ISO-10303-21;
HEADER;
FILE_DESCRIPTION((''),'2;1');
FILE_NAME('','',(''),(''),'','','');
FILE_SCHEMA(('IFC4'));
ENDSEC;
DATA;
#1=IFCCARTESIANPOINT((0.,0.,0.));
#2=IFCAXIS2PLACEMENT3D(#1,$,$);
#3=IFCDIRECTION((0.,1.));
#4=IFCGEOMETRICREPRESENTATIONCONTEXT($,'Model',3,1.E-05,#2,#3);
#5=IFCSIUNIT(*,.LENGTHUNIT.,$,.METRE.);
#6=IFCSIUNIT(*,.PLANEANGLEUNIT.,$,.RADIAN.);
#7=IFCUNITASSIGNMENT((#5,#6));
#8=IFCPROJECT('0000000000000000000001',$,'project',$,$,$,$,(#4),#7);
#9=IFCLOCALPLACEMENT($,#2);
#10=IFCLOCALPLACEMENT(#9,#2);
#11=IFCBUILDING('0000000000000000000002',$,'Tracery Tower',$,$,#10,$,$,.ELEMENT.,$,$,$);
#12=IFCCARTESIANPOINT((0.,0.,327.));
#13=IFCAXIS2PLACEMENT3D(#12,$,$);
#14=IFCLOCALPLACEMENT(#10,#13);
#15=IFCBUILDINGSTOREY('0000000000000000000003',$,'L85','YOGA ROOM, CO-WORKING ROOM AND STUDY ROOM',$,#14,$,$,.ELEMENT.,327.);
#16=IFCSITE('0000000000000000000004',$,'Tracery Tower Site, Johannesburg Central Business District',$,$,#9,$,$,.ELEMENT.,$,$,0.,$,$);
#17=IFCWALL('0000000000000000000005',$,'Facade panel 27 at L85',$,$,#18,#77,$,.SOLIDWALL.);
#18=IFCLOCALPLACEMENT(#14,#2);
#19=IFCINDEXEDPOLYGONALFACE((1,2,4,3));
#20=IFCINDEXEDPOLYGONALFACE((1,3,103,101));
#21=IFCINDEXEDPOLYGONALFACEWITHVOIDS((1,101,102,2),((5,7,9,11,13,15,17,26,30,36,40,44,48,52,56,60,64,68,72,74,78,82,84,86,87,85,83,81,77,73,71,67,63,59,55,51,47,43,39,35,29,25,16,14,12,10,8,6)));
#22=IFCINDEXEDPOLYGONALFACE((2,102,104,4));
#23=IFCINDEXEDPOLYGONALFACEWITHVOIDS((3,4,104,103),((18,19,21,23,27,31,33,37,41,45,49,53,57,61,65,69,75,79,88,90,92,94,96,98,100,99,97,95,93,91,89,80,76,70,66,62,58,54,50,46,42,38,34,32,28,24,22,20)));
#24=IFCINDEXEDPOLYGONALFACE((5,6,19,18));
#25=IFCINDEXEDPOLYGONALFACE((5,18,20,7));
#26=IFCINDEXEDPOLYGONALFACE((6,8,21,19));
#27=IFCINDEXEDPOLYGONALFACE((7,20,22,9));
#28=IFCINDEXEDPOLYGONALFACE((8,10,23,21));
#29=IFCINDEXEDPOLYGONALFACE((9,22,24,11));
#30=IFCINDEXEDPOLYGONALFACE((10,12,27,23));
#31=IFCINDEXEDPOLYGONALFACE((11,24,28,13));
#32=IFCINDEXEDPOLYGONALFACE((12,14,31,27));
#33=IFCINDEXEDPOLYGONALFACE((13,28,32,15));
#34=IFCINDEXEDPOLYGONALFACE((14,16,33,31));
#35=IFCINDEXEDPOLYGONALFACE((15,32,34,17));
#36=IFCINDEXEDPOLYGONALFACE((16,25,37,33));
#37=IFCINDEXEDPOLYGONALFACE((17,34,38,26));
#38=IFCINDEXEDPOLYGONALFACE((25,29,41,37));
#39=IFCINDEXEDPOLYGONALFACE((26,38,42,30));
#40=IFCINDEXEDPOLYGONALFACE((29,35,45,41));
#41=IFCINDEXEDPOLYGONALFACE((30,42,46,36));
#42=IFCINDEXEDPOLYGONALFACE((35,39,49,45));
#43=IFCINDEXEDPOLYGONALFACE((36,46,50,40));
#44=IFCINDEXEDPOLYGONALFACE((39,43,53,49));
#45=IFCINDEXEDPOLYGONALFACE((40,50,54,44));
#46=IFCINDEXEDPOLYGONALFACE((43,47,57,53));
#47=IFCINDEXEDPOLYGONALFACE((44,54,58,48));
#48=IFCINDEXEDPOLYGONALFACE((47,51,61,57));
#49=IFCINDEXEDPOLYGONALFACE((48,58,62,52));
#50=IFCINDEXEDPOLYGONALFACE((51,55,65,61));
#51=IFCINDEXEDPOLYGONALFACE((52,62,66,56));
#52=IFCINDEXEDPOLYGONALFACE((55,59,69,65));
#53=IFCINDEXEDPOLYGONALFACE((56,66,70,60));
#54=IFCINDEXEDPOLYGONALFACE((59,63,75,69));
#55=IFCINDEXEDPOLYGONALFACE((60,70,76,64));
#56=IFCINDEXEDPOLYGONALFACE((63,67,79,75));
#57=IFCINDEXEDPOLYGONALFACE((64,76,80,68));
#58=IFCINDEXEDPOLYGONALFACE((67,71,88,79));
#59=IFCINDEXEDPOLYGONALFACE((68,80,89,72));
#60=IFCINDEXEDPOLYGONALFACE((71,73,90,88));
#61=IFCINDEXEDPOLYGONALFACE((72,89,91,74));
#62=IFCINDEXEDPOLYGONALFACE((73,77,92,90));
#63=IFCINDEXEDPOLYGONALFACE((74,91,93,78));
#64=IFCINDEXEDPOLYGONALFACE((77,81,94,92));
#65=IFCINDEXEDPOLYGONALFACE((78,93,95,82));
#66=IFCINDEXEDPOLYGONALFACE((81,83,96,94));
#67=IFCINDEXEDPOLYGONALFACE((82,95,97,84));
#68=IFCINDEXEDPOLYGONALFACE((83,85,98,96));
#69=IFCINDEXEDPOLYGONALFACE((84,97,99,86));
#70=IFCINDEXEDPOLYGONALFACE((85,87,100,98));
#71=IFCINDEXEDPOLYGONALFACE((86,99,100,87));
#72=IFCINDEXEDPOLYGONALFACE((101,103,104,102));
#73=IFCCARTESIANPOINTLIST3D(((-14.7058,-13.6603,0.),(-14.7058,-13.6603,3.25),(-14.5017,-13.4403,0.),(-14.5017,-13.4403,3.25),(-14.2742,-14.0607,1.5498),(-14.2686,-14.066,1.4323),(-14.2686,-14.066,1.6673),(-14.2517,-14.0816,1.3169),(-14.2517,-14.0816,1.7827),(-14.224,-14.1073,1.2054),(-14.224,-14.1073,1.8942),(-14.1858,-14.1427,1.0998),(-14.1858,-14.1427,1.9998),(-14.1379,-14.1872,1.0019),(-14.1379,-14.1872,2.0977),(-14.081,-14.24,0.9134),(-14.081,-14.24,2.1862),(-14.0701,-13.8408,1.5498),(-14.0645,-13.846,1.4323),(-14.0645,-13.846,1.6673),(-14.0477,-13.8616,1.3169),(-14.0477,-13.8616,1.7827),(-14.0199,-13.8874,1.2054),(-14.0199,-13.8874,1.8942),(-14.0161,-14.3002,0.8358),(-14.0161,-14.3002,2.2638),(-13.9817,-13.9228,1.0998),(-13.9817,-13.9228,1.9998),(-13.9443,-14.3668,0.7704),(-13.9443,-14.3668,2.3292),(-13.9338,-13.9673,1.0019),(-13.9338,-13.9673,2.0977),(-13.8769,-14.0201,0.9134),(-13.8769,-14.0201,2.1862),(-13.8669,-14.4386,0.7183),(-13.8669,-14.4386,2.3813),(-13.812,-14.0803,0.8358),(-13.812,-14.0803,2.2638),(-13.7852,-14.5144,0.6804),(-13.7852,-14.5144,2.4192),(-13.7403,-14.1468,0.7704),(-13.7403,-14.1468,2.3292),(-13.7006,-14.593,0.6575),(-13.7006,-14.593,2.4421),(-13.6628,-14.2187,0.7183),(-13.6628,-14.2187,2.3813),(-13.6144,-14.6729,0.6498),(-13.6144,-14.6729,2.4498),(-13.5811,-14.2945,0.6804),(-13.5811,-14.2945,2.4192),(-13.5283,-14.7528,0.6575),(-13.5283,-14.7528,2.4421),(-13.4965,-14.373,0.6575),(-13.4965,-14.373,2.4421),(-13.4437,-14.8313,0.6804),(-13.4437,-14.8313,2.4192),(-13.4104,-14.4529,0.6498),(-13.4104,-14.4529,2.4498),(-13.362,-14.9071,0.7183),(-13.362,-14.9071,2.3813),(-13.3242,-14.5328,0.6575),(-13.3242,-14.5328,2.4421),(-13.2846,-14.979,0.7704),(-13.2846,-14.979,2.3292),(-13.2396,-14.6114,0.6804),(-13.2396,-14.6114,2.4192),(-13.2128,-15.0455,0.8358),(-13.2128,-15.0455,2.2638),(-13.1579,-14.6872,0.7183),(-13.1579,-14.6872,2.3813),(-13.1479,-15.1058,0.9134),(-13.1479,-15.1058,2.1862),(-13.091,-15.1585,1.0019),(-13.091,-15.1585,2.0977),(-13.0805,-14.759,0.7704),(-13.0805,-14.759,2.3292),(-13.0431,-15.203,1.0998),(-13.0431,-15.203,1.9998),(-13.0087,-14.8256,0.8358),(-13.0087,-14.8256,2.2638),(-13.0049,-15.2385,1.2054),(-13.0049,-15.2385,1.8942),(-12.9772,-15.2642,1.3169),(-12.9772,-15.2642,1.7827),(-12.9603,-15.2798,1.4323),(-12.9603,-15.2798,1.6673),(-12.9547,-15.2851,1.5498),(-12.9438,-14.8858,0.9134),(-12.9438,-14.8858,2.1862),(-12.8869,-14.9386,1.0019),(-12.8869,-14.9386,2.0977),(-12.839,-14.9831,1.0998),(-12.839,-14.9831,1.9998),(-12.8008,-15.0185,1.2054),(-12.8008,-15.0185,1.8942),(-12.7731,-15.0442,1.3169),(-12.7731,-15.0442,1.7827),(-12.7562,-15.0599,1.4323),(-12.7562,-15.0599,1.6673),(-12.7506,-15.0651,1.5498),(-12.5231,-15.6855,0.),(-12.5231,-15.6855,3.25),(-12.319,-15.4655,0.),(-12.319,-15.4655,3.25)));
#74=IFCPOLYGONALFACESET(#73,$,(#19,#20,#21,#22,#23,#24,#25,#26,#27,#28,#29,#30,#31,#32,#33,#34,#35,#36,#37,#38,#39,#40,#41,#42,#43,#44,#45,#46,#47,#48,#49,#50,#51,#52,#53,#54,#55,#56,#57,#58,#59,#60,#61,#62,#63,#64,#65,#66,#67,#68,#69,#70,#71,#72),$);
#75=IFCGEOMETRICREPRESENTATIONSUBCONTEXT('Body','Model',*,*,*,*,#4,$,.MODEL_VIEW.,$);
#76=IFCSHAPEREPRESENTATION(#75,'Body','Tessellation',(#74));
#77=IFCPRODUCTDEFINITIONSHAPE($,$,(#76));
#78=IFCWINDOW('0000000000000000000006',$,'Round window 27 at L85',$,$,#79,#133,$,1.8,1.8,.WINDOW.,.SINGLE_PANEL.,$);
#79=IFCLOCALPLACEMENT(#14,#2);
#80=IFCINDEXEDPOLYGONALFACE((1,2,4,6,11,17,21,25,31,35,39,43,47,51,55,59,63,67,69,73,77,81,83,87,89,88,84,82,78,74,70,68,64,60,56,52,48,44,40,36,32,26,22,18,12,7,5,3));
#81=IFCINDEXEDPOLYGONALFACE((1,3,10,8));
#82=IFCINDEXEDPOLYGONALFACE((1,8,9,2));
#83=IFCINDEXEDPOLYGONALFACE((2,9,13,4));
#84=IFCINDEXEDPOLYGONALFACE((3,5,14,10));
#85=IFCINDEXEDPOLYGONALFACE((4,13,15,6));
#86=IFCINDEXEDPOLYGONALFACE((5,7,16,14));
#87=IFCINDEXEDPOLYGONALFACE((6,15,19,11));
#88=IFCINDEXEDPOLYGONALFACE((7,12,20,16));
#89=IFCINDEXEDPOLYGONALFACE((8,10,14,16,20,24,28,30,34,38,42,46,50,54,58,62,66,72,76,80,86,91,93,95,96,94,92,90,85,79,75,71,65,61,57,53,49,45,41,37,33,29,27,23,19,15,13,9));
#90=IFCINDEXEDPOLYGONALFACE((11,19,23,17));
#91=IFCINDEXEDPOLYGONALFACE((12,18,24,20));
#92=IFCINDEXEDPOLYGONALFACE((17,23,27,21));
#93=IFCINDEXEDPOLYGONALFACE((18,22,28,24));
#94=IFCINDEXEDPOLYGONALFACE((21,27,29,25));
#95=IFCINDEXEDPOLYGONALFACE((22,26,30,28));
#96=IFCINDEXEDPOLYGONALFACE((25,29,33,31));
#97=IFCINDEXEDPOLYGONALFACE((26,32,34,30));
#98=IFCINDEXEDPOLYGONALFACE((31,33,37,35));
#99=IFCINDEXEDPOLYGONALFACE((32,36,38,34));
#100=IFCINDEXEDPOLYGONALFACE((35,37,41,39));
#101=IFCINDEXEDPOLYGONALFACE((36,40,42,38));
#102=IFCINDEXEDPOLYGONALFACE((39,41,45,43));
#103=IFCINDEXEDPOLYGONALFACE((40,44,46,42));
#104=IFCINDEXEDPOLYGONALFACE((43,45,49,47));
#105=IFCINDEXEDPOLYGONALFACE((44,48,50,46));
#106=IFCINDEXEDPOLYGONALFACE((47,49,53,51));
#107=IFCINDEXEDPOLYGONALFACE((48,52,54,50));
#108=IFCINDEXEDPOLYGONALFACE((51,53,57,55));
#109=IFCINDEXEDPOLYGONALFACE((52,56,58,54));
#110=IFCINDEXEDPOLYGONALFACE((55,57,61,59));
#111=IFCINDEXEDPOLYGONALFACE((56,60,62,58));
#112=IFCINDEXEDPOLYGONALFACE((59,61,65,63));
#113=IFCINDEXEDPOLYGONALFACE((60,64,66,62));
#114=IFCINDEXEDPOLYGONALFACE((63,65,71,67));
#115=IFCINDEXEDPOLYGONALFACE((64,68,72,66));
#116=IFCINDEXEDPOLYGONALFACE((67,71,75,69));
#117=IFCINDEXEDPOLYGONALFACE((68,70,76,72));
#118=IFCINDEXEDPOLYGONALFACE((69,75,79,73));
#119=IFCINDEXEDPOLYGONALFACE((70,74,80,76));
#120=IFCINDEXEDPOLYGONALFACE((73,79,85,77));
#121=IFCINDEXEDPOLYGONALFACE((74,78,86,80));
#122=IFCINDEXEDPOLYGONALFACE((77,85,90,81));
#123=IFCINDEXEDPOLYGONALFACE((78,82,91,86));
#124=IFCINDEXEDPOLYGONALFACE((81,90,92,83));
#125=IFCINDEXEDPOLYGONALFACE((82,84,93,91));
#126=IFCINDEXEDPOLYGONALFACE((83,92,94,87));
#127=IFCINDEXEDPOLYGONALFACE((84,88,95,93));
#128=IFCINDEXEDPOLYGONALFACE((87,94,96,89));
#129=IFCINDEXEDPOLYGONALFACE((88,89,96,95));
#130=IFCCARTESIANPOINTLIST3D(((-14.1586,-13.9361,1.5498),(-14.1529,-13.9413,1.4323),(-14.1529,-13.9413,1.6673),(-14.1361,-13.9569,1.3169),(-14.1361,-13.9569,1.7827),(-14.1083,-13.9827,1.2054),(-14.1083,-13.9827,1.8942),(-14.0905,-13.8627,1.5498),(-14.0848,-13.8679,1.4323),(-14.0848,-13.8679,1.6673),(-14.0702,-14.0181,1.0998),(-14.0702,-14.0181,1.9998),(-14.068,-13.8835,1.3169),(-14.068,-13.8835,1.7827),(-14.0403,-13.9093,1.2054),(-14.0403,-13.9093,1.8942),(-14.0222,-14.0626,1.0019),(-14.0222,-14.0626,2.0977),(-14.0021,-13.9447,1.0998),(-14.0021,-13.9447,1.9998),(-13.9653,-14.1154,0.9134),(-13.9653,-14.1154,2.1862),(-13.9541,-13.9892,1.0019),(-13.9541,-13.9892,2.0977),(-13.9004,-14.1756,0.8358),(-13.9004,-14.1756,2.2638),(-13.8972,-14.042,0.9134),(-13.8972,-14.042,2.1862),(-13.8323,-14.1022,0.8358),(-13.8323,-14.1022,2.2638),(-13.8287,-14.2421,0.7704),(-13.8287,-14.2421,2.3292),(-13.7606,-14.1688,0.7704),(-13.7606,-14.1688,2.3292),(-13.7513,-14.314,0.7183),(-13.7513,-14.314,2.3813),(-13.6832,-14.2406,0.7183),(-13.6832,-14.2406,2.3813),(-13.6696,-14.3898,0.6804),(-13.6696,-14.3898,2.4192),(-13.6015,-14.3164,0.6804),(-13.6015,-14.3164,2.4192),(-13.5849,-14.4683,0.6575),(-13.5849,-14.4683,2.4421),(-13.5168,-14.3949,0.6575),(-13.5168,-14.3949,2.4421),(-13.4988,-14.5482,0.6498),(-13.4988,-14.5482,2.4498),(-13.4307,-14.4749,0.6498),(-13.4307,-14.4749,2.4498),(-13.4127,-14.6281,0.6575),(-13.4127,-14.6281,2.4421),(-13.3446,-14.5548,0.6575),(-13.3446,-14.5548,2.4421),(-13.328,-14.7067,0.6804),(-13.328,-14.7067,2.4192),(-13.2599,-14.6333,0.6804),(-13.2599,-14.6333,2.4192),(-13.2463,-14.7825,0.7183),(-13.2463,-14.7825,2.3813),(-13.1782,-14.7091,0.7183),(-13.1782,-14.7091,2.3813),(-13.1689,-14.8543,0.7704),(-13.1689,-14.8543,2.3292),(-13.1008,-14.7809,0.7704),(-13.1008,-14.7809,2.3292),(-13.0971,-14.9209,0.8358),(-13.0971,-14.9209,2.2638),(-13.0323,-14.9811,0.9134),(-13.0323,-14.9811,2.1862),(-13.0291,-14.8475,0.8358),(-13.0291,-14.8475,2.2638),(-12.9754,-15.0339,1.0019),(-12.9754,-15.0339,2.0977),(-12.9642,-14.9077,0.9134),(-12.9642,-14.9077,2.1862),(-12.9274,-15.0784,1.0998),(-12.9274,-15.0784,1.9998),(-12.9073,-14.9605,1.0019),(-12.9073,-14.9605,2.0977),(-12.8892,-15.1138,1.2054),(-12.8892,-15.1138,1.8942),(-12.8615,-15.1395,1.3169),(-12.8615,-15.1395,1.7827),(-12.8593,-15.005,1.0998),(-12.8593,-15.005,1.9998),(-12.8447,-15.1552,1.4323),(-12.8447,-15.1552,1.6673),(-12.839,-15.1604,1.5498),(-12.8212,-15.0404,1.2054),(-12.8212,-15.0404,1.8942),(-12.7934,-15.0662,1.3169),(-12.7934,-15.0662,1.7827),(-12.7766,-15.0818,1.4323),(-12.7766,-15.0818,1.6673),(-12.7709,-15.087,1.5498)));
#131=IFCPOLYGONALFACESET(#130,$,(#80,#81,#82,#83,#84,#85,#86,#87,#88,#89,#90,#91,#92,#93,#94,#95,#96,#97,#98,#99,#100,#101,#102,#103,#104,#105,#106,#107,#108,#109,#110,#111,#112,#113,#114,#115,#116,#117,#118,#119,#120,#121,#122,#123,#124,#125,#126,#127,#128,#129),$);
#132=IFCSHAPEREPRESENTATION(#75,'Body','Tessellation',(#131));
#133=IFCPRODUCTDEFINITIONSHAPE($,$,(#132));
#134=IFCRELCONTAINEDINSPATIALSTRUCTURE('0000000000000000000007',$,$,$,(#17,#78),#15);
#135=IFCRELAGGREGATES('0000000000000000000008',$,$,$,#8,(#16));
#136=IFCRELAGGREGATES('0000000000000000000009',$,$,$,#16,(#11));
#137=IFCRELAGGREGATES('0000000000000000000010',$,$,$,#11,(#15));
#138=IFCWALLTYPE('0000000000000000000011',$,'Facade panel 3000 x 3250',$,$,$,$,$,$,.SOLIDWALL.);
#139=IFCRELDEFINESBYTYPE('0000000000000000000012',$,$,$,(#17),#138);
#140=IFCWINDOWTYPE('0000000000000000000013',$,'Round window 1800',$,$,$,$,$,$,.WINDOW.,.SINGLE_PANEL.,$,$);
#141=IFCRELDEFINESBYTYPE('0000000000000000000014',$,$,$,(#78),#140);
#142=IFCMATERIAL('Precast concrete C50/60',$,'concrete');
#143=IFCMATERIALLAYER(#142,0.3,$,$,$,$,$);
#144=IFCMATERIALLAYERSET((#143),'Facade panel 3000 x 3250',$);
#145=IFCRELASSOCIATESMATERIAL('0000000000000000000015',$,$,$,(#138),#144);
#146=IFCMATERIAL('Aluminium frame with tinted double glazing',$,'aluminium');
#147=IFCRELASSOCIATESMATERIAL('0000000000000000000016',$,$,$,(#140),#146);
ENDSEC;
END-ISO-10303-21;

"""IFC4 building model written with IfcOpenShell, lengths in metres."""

from ifc_helpers import new_model, si_unit, direction, frame, frame_2d, origin, origin_2d, place, context, subcontext, project, spatial, rectangle, circle, extrude, material, layer, layer_set, type_object, element, fill, save


model = new_model("IFC4")

# Units and contexts
model_context = context("Model", 3, precision=1e-05, world=origin(), true_north=direction((0.0, 1.0)))
body_context = subcontext(model_context, "Body", "Model", "MODEL_VIEW")
ifc_project = project(units=[si_unit("LENGTHUNIT", "METRE"), si_unit("PLANEANGLEUNIT", "RADIAN")], contexts=[model_context])

# Site, building, storey
site_placement = place(None, origin())
site = spatial("IfcSite", under=ifc_project, at=site_placement, Name="Tracery Tower Site, Johannesburg Central Business District", CompositionType="ELEMENT", RefElevation=0.0)
building_placement = place(site_placement, origin())
building = spatial("IfcBuilding", under=site, at=building_placement, Name="Tracery Tower", CompositionType="ELEMENT")
storey_placement = place(building_placement, frame((0.0, 0.0, 327.0)))
storey = spatial("IfcBuildingStorey", under=building, at=storey_placement, Name="L85", Description="YOGA ROOM, CO-WORKING ROOM AND STUDY ROOM", CompositionType="ELEMENT", Elevation=327.0)

# Wall, opening, window
ifc_material_1 = material(Name="Precast concrete C50/60", Category="concrete")
ifc_layer_1 = layer(ifc_material_1, 0.3)
ifc_layer_set_1 = layer_set([ifc_layer_1], Name="Facade panel 3000 x 3250")
wall_type_1 = type_object("IfcWallType", Name="Facade panel 3000 x 3250", PredefinedType="SOLIDWALL", material=ifc_layer_set_1)
ifc_material_2 = material(Name="Aluminium frame with tinted double glazing", Category="aluminium")
window_type = type_object("IfcWindowType", Name="Round window 1800", PartitioningType="SINGLE_PANEL", PredefinedType="WINDOW", material=ifc_material_2)
wall_1_placement = place(storey_placement, frame((-14.6038, -13.5503, 0.0), z_axis=(0.0, 0.0, 1.0), x_axis=(0.733056, -0.680168, 0.0)))
wall_1 = element("IfcWall", 1, at=wall_1_placement, inside=storey, type_object=wall_type_1, Name="Facade panel 27 at L85", PredefinedType="SOLIDWALL", context=body_context, shape_type="SweptSolid", body=[
    extrude(rectangle(XDim=2.9775, YDim=0.3, at=frame_2d((1.4888, 0.0))), origin(), (0.0, 0.0, 1.0), 3.25),
])
opening_1_placement = place(wall_1_placement, frame((1.4888, 0.0, 1.5498)))
opening_1 = element("IfcOpeningElement", 2, at=opening_1_placement, cuts=wall_1, PredefinedType="OPENING", context=body_context, shape_type="SweptSolid", body=[
    extrude(circle(Radius=0.9, at=origin_2d()), frame((0.0, 0.1599, 0.0), z_axis=(0.0, -1.0, 0.0), x_axis=(1.0, 0.0, 0.0)), (0.0, 0.0, 1.0), 0.3201),
])
window_1_placement = place(opening_1_placement, origin())
window_1 = element("IfcWindow", 3, at=window_1_placement, inside=storey, type_object=window_type, Name="Round window 27 at L85", OverallHeight=1.8, OverallWidth=1.8, PartitioningType="SINGLE_PANEL", PredefinedType="WINDOW", context=body_context, shape_type="SweptSolid", body=[
    extrude(circle(Radius=0.9, at=origin_2d()), frame((0.0, 0.1201, 0.0), z_axis=(0.0, -1.0, 0.0), x_axis=(1.0, 0.0, 0.0)), (0.0, 0.0, 1.0), 0.1001),
])
fill(opening_1, window_1)

save(model, "model.ifc")
